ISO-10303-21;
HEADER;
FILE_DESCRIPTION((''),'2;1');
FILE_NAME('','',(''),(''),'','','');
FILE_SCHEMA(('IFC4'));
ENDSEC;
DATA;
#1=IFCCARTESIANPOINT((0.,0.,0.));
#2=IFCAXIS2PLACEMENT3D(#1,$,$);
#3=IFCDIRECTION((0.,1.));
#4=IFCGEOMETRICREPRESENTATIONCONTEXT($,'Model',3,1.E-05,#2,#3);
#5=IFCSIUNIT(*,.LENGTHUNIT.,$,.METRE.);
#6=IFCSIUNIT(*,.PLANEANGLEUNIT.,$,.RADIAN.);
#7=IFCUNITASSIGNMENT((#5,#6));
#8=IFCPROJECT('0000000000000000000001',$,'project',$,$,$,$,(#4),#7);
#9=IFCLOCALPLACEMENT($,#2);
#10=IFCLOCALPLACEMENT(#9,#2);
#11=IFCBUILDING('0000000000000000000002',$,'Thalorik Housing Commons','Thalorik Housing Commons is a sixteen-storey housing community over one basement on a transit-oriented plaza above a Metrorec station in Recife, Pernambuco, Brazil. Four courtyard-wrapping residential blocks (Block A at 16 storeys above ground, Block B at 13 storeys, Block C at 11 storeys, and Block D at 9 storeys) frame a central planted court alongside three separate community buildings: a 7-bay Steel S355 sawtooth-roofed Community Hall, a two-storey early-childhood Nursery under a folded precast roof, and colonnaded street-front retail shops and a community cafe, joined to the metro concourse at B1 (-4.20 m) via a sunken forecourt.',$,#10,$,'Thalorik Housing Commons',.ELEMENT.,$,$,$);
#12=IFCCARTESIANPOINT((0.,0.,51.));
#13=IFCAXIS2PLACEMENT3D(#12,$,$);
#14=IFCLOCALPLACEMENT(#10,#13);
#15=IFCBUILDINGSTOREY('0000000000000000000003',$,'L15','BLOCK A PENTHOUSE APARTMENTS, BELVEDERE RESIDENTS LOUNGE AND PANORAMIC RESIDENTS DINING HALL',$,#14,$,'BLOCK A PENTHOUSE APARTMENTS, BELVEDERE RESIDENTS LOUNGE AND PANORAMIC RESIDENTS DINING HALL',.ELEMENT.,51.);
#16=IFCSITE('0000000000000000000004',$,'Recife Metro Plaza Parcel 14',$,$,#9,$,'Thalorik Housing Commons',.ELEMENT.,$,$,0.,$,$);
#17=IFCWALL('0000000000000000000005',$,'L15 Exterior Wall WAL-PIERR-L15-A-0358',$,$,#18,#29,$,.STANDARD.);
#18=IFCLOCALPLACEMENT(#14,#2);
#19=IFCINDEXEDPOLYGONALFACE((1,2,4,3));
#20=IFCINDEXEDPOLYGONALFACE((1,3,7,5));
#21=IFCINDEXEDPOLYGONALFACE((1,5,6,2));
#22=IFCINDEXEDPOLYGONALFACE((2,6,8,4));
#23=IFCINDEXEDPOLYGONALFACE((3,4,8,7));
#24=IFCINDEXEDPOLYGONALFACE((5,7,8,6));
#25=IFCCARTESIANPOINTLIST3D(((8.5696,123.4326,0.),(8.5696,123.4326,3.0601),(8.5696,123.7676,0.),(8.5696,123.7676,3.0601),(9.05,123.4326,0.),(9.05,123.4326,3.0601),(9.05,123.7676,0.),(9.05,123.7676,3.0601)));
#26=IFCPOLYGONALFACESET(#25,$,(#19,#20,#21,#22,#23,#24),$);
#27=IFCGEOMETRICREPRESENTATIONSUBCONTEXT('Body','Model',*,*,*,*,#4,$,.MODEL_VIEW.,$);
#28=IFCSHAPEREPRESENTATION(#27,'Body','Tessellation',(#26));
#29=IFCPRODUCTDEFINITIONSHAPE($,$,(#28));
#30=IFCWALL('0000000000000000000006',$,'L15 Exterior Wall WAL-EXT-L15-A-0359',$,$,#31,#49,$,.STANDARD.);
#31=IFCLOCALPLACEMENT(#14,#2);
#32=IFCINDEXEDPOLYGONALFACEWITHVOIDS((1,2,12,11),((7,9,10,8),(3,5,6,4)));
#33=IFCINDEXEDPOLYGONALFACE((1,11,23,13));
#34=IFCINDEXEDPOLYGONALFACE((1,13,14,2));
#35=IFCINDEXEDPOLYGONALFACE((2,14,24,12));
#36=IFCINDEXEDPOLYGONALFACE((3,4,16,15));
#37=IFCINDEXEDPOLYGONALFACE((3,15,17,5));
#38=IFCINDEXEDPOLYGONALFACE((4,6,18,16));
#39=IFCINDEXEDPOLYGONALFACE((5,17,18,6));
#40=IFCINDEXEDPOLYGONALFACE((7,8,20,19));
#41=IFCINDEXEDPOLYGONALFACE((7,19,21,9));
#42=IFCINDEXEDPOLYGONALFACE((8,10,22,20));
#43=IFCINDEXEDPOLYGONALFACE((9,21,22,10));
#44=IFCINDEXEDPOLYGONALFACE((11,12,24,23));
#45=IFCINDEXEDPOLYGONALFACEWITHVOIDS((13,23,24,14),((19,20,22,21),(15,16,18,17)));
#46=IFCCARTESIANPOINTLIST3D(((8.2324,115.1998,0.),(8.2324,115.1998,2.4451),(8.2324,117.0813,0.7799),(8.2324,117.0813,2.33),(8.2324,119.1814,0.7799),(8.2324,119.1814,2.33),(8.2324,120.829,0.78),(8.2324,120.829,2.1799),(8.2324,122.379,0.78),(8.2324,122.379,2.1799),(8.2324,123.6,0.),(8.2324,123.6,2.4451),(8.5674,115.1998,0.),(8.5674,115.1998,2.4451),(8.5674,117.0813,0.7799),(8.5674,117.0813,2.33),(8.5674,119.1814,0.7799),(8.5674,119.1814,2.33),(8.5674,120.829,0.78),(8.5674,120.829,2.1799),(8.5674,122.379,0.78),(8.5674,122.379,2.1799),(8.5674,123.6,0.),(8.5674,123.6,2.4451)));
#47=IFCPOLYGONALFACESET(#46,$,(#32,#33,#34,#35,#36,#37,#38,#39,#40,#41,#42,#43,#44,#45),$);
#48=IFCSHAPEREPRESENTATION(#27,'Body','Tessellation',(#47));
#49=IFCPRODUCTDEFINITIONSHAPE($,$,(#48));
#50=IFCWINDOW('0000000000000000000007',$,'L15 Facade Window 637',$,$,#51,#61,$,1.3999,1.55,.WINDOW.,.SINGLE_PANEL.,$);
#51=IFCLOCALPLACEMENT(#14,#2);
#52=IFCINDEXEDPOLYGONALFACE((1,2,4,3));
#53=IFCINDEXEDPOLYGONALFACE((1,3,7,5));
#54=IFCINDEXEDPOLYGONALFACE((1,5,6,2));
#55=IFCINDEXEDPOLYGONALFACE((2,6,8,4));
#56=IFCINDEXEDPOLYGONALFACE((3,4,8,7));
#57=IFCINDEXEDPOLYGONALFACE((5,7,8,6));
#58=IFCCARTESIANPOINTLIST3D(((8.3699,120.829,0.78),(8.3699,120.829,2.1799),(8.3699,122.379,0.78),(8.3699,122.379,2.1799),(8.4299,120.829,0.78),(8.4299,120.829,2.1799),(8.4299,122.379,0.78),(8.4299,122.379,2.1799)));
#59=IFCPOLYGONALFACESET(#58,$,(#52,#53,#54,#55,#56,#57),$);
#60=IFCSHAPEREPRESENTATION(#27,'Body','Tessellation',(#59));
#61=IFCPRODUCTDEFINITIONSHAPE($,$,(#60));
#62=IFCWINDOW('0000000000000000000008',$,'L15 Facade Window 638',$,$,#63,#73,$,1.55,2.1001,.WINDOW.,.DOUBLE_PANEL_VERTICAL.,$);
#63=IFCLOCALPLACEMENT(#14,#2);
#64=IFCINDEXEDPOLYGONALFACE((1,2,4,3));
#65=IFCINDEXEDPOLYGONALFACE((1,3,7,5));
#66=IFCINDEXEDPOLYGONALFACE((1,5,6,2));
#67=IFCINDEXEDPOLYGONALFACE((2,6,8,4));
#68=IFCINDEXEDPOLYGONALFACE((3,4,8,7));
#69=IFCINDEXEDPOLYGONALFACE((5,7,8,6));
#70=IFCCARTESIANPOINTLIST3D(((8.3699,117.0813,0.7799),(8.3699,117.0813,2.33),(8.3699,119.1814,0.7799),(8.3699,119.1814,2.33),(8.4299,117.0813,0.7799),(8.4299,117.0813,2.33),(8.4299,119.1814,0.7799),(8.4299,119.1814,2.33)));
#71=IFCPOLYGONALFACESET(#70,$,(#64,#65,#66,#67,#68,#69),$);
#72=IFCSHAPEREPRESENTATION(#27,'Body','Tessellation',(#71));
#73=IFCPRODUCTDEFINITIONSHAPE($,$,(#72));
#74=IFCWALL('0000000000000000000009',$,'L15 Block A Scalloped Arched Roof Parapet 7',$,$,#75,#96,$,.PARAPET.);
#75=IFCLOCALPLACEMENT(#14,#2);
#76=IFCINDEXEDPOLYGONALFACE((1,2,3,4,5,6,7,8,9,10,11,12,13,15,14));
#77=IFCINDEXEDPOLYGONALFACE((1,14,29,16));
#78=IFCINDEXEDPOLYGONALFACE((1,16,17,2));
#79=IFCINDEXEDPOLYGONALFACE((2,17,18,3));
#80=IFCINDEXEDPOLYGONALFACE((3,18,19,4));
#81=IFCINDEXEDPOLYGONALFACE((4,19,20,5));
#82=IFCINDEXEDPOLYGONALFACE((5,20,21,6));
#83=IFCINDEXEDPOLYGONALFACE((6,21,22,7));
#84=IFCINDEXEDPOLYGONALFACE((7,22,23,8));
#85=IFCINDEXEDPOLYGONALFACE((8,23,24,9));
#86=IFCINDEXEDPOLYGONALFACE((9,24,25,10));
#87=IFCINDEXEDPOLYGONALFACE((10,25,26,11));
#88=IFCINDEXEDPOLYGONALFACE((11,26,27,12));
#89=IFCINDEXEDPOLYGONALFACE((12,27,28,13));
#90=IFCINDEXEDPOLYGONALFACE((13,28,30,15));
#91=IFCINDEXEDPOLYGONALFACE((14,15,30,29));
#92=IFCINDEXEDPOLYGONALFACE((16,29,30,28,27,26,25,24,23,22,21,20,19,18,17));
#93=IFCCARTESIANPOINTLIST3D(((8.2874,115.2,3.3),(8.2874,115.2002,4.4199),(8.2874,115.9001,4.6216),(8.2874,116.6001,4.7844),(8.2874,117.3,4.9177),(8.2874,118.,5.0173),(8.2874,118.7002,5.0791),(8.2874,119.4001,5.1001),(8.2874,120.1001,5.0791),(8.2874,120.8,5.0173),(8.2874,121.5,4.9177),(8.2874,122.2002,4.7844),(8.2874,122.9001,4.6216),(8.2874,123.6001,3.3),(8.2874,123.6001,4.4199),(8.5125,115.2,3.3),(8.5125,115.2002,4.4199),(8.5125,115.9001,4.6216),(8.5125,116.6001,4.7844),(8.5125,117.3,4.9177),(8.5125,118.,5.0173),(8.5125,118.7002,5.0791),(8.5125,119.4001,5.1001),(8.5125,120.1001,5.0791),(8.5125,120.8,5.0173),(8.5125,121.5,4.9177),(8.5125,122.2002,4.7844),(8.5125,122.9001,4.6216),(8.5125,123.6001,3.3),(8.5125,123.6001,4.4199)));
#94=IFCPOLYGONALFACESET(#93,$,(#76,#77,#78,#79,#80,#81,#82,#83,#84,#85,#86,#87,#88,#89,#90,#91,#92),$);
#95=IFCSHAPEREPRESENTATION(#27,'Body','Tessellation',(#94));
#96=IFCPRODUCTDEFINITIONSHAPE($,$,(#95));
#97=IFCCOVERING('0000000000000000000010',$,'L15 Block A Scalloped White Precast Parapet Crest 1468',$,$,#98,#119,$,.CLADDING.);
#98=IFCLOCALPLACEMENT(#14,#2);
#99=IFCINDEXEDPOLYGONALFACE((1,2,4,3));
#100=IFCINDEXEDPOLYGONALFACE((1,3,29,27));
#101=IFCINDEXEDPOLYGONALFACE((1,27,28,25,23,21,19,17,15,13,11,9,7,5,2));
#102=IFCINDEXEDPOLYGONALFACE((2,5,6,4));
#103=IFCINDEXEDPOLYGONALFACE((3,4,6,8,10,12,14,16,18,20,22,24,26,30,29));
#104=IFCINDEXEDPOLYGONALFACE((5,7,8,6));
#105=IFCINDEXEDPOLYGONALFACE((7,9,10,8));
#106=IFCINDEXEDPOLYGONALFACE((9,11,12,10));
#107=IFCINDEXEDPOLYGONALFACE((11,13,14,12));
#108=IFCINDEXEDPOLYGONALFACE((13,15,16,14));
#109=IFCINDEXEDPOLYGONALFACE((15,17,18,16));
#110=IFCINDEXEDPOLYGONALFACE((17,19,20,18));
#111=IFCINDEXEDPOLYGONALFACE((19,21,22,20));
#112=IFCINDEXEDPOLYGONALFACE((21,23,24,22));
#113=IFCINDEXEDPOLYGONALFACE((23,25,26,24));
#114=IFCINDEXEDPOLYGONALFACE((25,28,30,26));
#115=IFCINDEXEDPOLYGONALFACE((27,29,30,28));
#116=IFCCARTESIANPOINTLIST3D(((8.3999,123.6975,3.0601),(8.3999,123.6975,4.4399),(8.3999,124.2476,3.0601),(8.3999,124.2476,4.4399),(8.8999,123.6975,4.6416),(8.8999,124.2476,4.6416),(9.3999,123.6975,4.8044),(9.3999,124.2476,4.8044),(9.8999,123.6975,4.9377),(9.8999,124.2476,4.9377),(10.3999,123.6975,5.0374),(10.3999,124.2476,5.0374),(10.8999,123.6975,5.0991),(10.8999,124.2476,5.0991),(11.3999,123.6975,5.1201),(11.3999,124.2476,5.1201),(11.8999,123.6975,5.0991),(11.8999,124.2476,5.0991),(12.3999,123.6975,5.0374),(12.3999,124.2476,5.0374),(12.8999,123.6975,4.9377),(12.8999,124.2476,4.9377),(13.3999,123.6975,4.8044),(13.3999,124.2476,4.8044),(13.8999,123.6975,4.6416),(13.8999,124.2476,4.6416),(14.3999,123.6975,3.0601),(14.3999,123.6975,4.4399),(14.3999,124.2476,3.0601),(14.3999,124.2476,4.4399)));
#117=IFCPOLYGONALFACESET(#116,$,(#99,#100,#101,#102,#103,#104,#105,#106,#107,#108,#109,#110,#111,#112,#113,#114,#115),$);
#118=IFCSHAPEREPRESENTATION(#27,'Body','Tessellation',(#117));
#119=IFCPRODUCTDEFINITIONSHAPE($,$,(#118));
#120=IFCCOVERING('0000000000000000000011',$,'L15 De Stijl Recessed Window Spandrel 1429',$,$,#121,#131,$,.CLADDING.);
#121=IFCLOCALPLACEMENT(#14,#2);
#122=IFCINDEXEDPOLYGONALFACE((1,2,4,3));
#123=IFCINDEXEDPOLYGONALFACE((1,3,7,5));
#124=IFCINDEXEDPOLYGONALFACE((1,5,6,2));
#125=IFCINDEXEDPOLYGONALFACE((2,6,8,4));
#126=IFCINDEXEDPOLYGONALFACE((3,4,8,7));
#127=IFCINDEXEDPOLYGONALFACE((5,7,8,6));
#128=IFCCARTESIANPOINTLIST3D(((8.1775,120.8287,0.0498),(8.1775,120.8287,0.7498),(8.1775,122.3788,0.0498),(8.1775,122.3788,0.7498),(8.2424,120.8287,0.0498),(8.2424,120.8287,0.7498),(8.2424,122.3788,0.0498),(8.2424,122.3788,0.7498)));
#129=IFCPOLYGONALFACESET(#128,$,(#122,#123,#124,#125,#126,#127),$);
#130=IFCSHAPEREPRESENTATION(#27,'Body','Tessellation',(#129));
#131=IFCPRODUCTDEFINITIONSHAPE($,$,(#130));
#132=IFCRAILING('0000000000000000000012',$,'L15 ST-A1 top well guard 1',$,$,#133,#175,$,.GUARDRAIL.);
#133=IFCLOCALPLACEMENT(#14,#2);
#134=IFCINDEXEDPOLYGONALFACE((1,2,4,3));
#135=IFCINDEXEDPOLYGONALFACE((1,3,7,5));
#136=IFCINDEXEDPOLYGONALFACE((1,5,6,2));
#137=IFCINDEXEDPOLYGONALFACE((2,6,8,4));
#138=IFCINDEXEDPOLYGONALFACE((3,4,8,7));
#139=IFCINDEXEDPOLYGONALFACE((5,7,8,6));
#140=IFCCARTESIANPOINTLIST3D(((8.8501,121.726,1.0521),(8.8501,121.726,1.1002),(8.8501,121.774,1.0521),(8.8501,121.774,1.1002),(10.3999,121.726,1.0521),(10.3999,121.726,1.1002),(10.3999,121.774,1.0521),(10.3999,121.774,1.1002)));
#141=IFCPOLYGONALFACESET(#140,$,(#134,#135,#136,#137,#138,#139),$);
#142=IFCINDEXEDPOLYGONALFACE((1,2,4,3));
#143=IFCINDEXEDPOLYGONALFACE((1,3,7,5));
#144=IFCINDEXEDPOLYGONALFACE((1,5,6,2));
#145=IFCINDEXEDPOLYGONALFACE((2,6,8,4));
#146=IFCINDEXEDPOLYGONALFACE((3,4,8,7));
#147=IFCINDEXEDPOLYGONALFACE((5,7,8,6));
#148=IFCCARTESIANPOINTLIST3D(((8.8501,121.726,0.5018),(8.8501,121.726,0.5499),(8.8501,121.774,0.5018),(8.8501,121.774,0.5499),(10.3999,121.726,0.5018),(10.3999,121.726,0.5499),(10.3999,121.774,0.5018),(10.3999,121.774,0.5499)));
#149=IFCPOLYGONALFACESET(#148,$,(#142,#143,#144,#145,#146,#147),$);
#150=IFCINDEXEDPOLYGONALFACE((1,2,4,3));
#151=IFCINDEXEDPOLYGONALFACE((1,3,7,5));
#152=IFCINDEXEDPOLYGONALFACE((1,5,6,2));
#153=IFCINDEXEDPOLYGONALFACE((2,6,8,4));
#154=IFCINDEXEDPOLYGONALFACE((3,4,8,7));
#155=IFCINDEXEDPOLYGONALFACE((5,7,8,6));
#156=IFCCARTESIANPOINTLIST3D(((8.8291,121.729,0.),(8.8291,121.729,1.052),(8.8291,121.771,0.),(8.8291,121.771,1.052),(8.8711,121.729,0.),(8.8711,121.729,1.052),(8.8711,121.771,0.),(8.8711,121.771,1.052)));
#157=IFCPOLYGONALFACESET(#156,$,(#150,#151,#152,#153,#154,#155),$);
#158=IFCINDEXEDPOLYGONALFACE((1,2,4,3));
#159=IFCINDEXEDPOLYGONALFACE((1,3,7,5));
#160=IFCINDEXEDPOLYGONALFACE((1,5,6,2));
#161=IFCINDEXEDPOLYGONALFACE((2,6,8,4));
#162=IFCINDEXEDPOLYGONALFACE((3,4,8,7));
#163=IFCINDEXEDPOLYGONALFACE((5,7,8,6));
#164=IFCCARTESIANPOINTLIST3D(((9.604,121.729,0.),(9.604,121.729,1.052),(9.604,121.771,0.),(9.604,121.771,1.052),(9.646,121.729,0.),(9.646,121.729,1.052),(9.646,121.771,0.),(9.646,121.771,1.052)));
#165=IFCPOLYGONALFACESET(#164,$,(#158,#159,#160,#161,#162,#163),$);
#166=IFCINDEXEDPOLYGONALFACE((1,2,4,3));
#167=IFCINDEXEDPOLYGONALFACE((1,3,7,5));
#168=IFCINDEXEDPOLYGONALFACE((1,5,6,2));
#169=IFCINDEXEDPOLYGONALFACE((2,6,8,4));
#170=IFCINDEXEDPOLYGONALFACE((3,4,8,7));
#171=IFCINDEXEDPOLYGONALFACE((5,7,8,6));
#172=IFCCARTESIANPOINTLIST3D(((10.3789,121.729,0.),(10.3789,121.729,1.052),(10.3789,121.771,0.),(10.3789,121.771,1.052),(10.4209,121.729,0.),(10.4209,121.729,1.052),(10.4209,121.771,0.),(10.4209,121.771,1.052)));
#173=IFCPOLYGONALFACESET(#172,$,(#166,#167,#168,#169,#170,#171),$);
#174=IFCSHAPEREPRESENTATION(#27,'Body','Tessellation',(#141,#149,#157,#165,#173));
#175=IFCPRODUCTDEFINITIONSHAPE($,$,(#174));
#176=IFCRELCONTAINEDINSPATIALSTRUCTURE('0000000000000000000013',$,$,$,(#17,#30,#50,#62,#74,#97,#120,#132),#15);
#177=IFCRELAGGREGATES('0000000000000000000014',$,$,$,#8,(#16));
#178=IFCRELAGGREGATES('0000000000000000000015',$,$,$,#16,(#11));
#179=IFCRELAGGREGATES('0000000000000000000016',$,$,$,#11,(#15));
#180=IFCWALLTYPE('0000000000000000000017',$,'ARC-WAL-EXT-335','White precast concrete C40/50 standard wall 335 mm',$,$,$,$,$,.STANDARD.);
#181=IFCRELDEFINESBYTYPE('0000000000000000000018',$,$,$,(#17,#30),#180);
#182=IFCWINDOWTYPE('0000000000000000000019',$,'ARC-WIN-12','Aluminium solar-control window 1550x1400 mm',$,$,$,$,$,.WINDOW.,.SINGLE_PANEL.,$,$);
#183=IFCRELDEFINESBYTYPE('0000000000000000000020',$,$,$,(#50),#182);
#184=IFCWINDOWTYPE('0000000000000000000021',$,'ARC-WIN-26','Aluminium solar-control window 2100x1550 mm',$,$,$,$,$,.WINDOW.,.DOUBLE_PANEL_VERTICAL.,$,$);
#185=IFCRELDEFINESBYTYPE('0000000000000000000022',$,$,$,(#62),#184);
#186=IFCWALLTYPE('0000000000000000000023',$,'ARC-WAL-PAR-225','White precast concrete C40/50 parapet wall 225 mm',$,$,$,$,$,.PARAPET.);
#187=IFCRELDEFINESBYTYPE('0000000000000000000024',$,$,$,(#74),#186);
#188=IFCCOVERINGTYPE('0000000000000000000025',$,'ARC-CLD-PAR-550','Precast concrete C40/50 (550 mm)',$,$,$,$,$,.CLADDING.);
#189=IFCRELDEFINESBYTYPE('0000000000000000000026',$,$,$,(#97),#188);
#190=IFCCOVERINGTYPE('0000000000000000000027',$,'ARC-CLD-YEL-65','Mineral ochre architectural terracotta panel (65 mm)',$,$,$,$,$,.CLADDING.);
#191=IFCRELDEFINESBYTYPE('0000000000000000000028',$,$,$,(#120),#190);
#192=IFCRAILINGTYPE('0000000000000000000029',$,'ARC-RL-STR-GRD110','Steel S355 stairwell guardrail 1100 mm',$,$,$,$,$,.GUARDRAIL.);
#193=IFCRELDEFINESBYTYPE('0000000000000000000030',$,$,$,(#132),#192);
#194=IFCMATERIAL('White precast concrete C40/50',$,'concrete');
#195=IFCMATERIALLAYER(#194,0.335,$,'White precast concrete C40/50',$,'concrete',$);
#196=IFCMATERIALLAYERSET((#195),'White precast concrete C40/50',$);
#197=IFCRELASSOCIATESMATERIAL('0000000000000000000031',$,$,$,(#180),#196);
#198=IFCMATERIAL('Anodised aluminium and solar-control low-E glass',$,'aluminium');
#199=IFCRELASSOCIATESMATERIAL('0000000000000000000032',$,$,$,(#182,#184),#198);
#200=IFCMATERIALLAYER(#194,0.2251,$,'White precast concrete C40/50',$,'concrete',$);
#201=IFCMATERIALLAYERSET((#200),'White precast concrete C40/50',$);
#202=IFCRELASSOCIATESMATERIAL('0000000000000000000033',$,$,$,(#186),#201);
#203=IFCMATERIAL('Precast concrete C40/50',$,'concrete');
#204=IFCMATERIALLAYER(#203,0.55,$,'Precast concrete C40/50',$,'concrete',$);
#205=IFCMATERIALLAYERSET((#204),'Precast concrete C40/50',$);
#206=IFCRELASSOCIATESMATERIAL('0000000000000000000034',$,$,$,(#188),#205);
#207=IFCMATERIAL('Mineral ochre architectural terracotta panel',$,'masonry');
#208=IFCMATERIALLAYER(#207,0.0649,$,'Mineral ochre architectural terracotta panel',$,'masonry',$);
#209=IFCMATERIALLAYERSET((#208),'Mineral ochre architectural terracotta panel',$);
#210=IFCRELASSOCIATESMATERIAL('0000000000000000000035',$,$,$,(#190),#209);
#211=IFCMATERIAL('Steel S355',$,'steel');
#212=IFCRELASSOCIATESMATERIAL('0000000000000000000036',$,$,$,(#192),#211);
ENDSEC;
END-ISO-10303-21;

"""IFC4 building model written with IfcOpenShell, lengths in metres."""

from ifc_helpers import new_model, si_unit, direction, frame, frame_2d, origin, origin_2d, place, context, subcontext, project, spatial, polyline, rectangle, outline, extrude, material, layer, layer_set, type_object, element, fill, save


model = new_model("IFC4")

# Units and contexts
model_context = context("Model", 3, precision=1e-05, world=origin(), true_north=direction((0.0, 1.0)))
body_context = subcontext(model_context, "Body", "Model", "MODEL_VIEW")
ifc_project = project(units=[si_unit("LENGTHUNIT", "METRE"), si_unit("PLANEANGLEUNIT", "RADIAN")], contexts=[model_context])

# Site, building, storey
site_placement = place(None, origin())
site = spatial("IfcSite", under=ifc_project, at=site_placement, Name="Recife Metro Plaza Parcel 14", LongName="Thalorik Housing Commons", CompositionType="ELEMENT", RefElevation=0.0)
building_placement = place(site_placement, origin())
building = spatial("IfcBuilding", under=site, at=building_placement, Name="Thalorik Housing Commons", Description="Thalorik Housing Commons is a sixteen-storey housing community over one basement on a transit-oriented plaza above a Metrorec station in Recife, Pernambuco, Brazil. Four courtyard-wrapping residential blocks (Block A at 16 storeys above ground, Block B at 13 storeys, Block C at 11 storeys, and Block D at 9 storeys) frame a central planted court alongside three separate community buildings: a 7-bay Steel S355 sawtooth-roofed Community Hall, a two-storey early-childhood Nursery under a folded precast roof, and colonnaded street-front retail shops and a community cafe, joined to the metro concourse at B1 (-4.20 m) via a sunken forecourt.", LongName="Thalorik Housing Commons", CompositionType="ELEMENT")
storey_placement = place(building_placement, frame((0.0, 0.0, 51.0)))
storey = spatial("IfcBuildingStorey", under=building, at=storey_placement, Name="L15", Description="BLOCK A PENTHOUSE APARTMENTS, BELVEDERE RESIDENTS LOUNGE AND PANORAMIC RESIDENTS DINING HALL", LongName="BLOCK A PENTHOUSE APARTMENTS, BELVEDERE RESIDENTS LOUNGE AND PANORAMIC RESIDENTS DINING HALL", CompositionType="ELEMENT", Elevation=51.0)

# Shared definitions
ifc_material_1 = material(Name="Precast concrete C40/50", Category="concrete")

# Shared definitions
ifc_material_2 = material(Name="Anodised aluminium and solar-control low-E glass", Category="aluminium")

# Shared definitions
ifc_material_3 = material(Name="Steel S355", Category="steel")

# Wall
ifc_material_4 = material(Name="White precast concrete C40/50", Category="concrete")
ifc_layer_1 = layer(ifc_material_4, 0.335, Name="White precast concrete C40/50", Category="concrete")
ifc_layer_set_1 = layer_set([ifc_layer_1], Name="White precast concrete C40/50")
wall_type_1 = type_object("IfcWallType", Name="ARC-WAL-EXT-335", Description="White precast concrete C40/50 standard wall 335 mm", PredefinedType="STANDARD", material=ifc_layer_set_1)
wall_1_placement = place(storey_placement, frame((9.05, 123.6001, 0.0), z_axis=(0.0, 0.0, 1.0), x_axis=(-1.0, 0.0, 0.0)))
element("IfcWall", 1, at=wall_1_placement, inside=storey, type_object=wall_type_1, Name="L15 Exterior Wall WAL-PIERR-L15-A-0358", PredefinedType="STANDARD", context=body_context, shape_type="SweptSolid", body=[
    extrude(rectangle(XDim=0.4805, YDim=0.335, at=frame_2d((0.2402, 0.0))), origin(), (0.0, 0.0, 1.0), 3.0601),
])

# Wall, openings, windows
wall_2_placement = place(storey_placement, frame((8.3999, 123.6001, 0.0), z_axis=(0.0, 0.0, 1.0), x_axis=(0.0, -1.0, 0.0)))
wall_2 = element("IfcWall", 2, at=wall_2_placement, inside=storey, type_object=wall_type_1, Name="L15 Exterior Wall WAL-EXT-L15-A-0359", PredefinedType="STANDARD", context=body_context, shape_type="SweptSolid", body=[
    extrude(rectangle(XDim=8.4001, YDim=0.335, at=frame_2d((4.2002, 0.0))), origin(), (0.0, 0.0, 1.0), 2.4451),
])
opening_1_placement = place(wall_2_placement, frame((1.2212, 0.0, 0.78)))
opening_1 = element("IfcOpeningElement", 3, at=opening_1_placement, cuts=wall_2, PredefinedType="OPENING", context=body_context, shape_type="SweptSolid", body=[
    extrude(rectangle(XDim=1.55, YDim=1.3999, at=frame_2d((0.7749, 0.7))), frame((0.0, 0.1775, 0.0), z_axis=(0.0, -1.0, 0.0), x_axis=(1.0, 0.0, 0.0)), (0.0, 0.0, 1.0), 0.355),
])
opening_2_placement = place(wall_2_placement, frame((4.4187, 0.0, 0.78)))
opening_2 = element("IfcOpeningElement", 4, at=opening_2_placement, cuts=wall_2, PredefinedType="OPENING", context=body_context, shape_type="SweptSolid", body=[
    extrude(rectangle(XDim=2.1001, YDim=1.55, at=frame_2d((1.05, 0.7749))), frame((0.0, 0.1775, 0.0), z_axis=(0.0, -1.0, 0.0), x_axis=(1.0, 0.0, 0.0)), (0.0, 0.0, 1.0), 0.355),
])
window_type_1 = type_object("IfcWindowType", Name="ARC-WIN-12", Description="Aluminium solar-control window 1550x1400 mm", PartitioningType="SINGLE_PANEL", PredefinedType="WINDOW", material=ifc_material_2)
window_1_placement = place(opening_1_placement, origin())
window_1 = element("IfcWindow", 5, at=window_1_placement, inside=storey, type_object=window_type_1, Name="L15 Facade Window 637", OverallHeight=1.3999, OverallWidth=1.55, PartitioningType="SINGLE_PANEL", PredefinedType="WINDOW", context=body_context, shape_type="SweptSolid", body=[
    extrude(rectangle(XDim=1.55, YDim=1.3999, at=frame_2d((0.7749, 0.7))), frame((0.0, 0.03, 0.0), z_axis=(0.0, -1.0, 0.0), x_axis=(1.0, 0.0, 0.0)), (0.0, 0.0, 1.0), 0.0601),
])
fill(opening_1, window_1)
window_type_2 = type_object("IfcWindowType", Name="ARC-WIN-26", Description="Aluminium solar-control window 2100x1550 mm", PartitioningType="DOUBLE_PANEL_VERTICAL", PredefinedType="WINDOW", material=ifc_material_2)
window_2_placement = place(opening_2_placement, origin())
window_2 = element("IfcWindow", 6, at=window_2_placement, inside=storey, type_object=window_type_2, Name="L15 Facade Window 638", OverallHeight=1.55, OverallWidth=2.1001, PartitioningType="DOUBLE_PANEL_VERTICAL", PredefinedType="WINDOW", context=body_context, shape_type="SweptSolid", body=[
    extrude(rectangle(XDim=2.1001, YDim=1.55, at=frame_2d((1.05, 0.7749))), frame((0.0, 0.03, 0.0), z_axis=(0.0, -1.0, 0.0), x_axis=(1.0, 0.0, 0.0)), (0.0, 0.0, 1.0), 0.0601),
])
fill(opening_2, window_2)

# Wall
ifc_layer_2 = layer(ifc_material_4, 0.2251, Name="White precast concrete C40/50", Category="concrete")
ifc_layer_set_2 = layer_set([ifc_layer_2], Name="White precast concrete C40/50")
wall_type_2 = type_object("IfcWallType", Name="ARC-WAL-PAR-225", Description="White precast concrete C40/50 parapet wall 225 mm", PredefinedType="PARAPET", material=ifc_layer_set_2)
wall_3_placement = place(storey_placement, frame((8.3999, 123.6001, 3.3), z_axis=(0.0, 0.0, 1.0), x_axis=(0.0, -1.0, 0.0)))
element("IfcWall", 7, at=wall_3_placement, inside=storey, type_object=wall_type_2, Name="L15 Block A Scalloped Arched Roof Parapet 7", PredefinedType="PARAPET", context=body_context, shape_type="SweptSolid", body=[
    extrude(outline(polyline([(0.0, 0.0), (8.4001, 0.0), (8.3999, 1.1199), (7.7, 1.3215), (7.0, 1.4844), (6.3, 1.6177), (5.6001, 1.7173), (4.8999, 1.7791), (4.2, 1.8), (3.5, 1.7791), (2.8, 1.7173), (2.1001, 1.6177), (1.3999, 1.4844), (0.7, 1.3215), (0.0, 1.1199), (0.0, 0.0)])), frame((0.0, 0.1125, 0.0), z_axis=(0.0, -1.0, 0.0), x_axis=(1.0, 0.0, 0.0)), (0.0, 0.0, 1.0), 0.2251),
])

# Coverings
ifc_layer_3 = layer(ifc_material_1, 0.55, Name="Precast concrete C40/50", Category="concrete")
ifc_layer_set_3 = layer_set([ifc_layer_3], Name="Precast concrete C40/50")
covering_type_1 = type_object("IfcCoveringType", Name="ARC-CLD-PAR-550", Description="Precast concrete C40/50 (550 mm)", PredefinedType="CLADDING", material=ifc_layer_set_3)
covering_1_placement = place(storey_placement, frame((11.3999, 123.9724, 3.0601), z_axis=(0.0, 0.0, 1.0), x_axis=(-1.0, 0.0, 0.0)))
element("IfcCovering", 8, at=covering_1_placement, inside=storey, type_object=covering_type_1, Name="L15 Block A Scalloped White Precast Parapet Crest 1468", PredefinedType="CLADDING", context=body_context, shape_type="SweptSolid", body=[
    extrude(outline(polyline([(-3.0, 0.0), (3.0, 0.0), (3.0, 1.3799), (2.5, 1.5815), (2.0, 1.7444), (1.5, 1.8777), (1.0, 1.9773), (0.5, 2.0391), (0.0, 2.0601), (-0.5, 2.0391), (-1.0, 1.9773), (-1.5, 1.8777), (-2.0, 1.7444), (-2.5, 1.5815), (-3.0, 1.3799), (-3.0, 0.0)])), frame((0.0, 0.2749, 0.0), z_axis=(0.0, -1.0, 0.0), x_axis=(1.0, 0.0, 0.0)), (0.0, 0.0, 1.0), 0.55),
])
ifc_material_5 = material(Name="Mineral ochre architectural terracotta panel", Category="masonry")
ifc_layer_4 = layer(ifc_material_5, 0.0649, Name="Mineral ochre architectural terracotta panel", Category="masonry")
ifc_layer_set_4 = layer_set([ifc_layer_4], Name="Mineral ochre architectural terracotta panel")
covering_type_2 = type_object("IfcCoveringType", Name="ARC-CLD-YEL-65", Description="Mineral ochre architectural terracotta panel (65 mm)", PredefinedType="CLADDING", material=ifc_layer_set_4)
covering_2_placement = place(storey_placement, frame((8.21, 121.6038, 0.0498), z_axis=(0.0, 0.0, 1.0), x_axis=(0.0, -1.0, 0.0)))
element("IfcCovering", 9, at=covering_2_placement, inside=storey, type_object=covering_type_2, Name="L15 De Stijl Recessed Window Spandrel 1429", PredefinedType="CLADDING", context=body_context, shape_type="SweptSolid", body=[
    extrude(rectangle(XDim=1.55, YDim=0.0649, at=origin_2d()), origin(), (0.0, 0.0, 1.0), 0.7),
])

# Railing
railing_type = type_object("IfcRailingType", Name="ARC-RL-STR-GRD110", Description="Steel S355 stairwell guardrail 1100 mm", PredefinedType="GUARDRAIL", material=ifc_material_3)
railing_placement = place(storey_placement, frame((8.8501, 121.75, 0.0)))
element("IfcRailing", 10, at=railing_placement, inside=storey, type_object=railing_type, Name="L15 ST-A1 top well guard 1", PredefinedType="GUARDRAIL", context=body_context, shape_type="SweptSolid", body=[
    extrude(rectangle(XDim=0.0481, YDim=0.0481, at=origin_2d()), frame((0.0, 0.0, 1.0762), z_axis=(1.0, 0.0, 0.0), x_axis=(0.0, 1.0, 0.0)), (0.0, 0.0, 1.0), 1.5498),
    extrude(rectangle(XDim=0.0481, YDim=0.0481, at=origin_2d()), frame((0.0, 0.0, 0.5259), z_axis=(1.0, 0.0, 0.0), x_axis=(0.0, 1.0, 0.0)), (0.0, 0.0, 1.0), 1.5498),
    extrude(rectangle(XDim=0.042, YDim=0.042, at=origin_2d()), origin(), (0.0, 0.0, 1.0), 1.052),
    extrude(rectangle(XDim=0.042, YDim=0.042, at=origin_2d()), frame((0.7749, 0.0, 0.0)), (0.0, 0.0, 1.0), 1.052),
    extrude(rectangle(XDim=0.042, YDim=0.042, at=origin_2d()), frame((1.5498, 0.0, 0.0)), (0.0, 0.0, 1.0), 1.052),
])

save(model, "model.ifc")
